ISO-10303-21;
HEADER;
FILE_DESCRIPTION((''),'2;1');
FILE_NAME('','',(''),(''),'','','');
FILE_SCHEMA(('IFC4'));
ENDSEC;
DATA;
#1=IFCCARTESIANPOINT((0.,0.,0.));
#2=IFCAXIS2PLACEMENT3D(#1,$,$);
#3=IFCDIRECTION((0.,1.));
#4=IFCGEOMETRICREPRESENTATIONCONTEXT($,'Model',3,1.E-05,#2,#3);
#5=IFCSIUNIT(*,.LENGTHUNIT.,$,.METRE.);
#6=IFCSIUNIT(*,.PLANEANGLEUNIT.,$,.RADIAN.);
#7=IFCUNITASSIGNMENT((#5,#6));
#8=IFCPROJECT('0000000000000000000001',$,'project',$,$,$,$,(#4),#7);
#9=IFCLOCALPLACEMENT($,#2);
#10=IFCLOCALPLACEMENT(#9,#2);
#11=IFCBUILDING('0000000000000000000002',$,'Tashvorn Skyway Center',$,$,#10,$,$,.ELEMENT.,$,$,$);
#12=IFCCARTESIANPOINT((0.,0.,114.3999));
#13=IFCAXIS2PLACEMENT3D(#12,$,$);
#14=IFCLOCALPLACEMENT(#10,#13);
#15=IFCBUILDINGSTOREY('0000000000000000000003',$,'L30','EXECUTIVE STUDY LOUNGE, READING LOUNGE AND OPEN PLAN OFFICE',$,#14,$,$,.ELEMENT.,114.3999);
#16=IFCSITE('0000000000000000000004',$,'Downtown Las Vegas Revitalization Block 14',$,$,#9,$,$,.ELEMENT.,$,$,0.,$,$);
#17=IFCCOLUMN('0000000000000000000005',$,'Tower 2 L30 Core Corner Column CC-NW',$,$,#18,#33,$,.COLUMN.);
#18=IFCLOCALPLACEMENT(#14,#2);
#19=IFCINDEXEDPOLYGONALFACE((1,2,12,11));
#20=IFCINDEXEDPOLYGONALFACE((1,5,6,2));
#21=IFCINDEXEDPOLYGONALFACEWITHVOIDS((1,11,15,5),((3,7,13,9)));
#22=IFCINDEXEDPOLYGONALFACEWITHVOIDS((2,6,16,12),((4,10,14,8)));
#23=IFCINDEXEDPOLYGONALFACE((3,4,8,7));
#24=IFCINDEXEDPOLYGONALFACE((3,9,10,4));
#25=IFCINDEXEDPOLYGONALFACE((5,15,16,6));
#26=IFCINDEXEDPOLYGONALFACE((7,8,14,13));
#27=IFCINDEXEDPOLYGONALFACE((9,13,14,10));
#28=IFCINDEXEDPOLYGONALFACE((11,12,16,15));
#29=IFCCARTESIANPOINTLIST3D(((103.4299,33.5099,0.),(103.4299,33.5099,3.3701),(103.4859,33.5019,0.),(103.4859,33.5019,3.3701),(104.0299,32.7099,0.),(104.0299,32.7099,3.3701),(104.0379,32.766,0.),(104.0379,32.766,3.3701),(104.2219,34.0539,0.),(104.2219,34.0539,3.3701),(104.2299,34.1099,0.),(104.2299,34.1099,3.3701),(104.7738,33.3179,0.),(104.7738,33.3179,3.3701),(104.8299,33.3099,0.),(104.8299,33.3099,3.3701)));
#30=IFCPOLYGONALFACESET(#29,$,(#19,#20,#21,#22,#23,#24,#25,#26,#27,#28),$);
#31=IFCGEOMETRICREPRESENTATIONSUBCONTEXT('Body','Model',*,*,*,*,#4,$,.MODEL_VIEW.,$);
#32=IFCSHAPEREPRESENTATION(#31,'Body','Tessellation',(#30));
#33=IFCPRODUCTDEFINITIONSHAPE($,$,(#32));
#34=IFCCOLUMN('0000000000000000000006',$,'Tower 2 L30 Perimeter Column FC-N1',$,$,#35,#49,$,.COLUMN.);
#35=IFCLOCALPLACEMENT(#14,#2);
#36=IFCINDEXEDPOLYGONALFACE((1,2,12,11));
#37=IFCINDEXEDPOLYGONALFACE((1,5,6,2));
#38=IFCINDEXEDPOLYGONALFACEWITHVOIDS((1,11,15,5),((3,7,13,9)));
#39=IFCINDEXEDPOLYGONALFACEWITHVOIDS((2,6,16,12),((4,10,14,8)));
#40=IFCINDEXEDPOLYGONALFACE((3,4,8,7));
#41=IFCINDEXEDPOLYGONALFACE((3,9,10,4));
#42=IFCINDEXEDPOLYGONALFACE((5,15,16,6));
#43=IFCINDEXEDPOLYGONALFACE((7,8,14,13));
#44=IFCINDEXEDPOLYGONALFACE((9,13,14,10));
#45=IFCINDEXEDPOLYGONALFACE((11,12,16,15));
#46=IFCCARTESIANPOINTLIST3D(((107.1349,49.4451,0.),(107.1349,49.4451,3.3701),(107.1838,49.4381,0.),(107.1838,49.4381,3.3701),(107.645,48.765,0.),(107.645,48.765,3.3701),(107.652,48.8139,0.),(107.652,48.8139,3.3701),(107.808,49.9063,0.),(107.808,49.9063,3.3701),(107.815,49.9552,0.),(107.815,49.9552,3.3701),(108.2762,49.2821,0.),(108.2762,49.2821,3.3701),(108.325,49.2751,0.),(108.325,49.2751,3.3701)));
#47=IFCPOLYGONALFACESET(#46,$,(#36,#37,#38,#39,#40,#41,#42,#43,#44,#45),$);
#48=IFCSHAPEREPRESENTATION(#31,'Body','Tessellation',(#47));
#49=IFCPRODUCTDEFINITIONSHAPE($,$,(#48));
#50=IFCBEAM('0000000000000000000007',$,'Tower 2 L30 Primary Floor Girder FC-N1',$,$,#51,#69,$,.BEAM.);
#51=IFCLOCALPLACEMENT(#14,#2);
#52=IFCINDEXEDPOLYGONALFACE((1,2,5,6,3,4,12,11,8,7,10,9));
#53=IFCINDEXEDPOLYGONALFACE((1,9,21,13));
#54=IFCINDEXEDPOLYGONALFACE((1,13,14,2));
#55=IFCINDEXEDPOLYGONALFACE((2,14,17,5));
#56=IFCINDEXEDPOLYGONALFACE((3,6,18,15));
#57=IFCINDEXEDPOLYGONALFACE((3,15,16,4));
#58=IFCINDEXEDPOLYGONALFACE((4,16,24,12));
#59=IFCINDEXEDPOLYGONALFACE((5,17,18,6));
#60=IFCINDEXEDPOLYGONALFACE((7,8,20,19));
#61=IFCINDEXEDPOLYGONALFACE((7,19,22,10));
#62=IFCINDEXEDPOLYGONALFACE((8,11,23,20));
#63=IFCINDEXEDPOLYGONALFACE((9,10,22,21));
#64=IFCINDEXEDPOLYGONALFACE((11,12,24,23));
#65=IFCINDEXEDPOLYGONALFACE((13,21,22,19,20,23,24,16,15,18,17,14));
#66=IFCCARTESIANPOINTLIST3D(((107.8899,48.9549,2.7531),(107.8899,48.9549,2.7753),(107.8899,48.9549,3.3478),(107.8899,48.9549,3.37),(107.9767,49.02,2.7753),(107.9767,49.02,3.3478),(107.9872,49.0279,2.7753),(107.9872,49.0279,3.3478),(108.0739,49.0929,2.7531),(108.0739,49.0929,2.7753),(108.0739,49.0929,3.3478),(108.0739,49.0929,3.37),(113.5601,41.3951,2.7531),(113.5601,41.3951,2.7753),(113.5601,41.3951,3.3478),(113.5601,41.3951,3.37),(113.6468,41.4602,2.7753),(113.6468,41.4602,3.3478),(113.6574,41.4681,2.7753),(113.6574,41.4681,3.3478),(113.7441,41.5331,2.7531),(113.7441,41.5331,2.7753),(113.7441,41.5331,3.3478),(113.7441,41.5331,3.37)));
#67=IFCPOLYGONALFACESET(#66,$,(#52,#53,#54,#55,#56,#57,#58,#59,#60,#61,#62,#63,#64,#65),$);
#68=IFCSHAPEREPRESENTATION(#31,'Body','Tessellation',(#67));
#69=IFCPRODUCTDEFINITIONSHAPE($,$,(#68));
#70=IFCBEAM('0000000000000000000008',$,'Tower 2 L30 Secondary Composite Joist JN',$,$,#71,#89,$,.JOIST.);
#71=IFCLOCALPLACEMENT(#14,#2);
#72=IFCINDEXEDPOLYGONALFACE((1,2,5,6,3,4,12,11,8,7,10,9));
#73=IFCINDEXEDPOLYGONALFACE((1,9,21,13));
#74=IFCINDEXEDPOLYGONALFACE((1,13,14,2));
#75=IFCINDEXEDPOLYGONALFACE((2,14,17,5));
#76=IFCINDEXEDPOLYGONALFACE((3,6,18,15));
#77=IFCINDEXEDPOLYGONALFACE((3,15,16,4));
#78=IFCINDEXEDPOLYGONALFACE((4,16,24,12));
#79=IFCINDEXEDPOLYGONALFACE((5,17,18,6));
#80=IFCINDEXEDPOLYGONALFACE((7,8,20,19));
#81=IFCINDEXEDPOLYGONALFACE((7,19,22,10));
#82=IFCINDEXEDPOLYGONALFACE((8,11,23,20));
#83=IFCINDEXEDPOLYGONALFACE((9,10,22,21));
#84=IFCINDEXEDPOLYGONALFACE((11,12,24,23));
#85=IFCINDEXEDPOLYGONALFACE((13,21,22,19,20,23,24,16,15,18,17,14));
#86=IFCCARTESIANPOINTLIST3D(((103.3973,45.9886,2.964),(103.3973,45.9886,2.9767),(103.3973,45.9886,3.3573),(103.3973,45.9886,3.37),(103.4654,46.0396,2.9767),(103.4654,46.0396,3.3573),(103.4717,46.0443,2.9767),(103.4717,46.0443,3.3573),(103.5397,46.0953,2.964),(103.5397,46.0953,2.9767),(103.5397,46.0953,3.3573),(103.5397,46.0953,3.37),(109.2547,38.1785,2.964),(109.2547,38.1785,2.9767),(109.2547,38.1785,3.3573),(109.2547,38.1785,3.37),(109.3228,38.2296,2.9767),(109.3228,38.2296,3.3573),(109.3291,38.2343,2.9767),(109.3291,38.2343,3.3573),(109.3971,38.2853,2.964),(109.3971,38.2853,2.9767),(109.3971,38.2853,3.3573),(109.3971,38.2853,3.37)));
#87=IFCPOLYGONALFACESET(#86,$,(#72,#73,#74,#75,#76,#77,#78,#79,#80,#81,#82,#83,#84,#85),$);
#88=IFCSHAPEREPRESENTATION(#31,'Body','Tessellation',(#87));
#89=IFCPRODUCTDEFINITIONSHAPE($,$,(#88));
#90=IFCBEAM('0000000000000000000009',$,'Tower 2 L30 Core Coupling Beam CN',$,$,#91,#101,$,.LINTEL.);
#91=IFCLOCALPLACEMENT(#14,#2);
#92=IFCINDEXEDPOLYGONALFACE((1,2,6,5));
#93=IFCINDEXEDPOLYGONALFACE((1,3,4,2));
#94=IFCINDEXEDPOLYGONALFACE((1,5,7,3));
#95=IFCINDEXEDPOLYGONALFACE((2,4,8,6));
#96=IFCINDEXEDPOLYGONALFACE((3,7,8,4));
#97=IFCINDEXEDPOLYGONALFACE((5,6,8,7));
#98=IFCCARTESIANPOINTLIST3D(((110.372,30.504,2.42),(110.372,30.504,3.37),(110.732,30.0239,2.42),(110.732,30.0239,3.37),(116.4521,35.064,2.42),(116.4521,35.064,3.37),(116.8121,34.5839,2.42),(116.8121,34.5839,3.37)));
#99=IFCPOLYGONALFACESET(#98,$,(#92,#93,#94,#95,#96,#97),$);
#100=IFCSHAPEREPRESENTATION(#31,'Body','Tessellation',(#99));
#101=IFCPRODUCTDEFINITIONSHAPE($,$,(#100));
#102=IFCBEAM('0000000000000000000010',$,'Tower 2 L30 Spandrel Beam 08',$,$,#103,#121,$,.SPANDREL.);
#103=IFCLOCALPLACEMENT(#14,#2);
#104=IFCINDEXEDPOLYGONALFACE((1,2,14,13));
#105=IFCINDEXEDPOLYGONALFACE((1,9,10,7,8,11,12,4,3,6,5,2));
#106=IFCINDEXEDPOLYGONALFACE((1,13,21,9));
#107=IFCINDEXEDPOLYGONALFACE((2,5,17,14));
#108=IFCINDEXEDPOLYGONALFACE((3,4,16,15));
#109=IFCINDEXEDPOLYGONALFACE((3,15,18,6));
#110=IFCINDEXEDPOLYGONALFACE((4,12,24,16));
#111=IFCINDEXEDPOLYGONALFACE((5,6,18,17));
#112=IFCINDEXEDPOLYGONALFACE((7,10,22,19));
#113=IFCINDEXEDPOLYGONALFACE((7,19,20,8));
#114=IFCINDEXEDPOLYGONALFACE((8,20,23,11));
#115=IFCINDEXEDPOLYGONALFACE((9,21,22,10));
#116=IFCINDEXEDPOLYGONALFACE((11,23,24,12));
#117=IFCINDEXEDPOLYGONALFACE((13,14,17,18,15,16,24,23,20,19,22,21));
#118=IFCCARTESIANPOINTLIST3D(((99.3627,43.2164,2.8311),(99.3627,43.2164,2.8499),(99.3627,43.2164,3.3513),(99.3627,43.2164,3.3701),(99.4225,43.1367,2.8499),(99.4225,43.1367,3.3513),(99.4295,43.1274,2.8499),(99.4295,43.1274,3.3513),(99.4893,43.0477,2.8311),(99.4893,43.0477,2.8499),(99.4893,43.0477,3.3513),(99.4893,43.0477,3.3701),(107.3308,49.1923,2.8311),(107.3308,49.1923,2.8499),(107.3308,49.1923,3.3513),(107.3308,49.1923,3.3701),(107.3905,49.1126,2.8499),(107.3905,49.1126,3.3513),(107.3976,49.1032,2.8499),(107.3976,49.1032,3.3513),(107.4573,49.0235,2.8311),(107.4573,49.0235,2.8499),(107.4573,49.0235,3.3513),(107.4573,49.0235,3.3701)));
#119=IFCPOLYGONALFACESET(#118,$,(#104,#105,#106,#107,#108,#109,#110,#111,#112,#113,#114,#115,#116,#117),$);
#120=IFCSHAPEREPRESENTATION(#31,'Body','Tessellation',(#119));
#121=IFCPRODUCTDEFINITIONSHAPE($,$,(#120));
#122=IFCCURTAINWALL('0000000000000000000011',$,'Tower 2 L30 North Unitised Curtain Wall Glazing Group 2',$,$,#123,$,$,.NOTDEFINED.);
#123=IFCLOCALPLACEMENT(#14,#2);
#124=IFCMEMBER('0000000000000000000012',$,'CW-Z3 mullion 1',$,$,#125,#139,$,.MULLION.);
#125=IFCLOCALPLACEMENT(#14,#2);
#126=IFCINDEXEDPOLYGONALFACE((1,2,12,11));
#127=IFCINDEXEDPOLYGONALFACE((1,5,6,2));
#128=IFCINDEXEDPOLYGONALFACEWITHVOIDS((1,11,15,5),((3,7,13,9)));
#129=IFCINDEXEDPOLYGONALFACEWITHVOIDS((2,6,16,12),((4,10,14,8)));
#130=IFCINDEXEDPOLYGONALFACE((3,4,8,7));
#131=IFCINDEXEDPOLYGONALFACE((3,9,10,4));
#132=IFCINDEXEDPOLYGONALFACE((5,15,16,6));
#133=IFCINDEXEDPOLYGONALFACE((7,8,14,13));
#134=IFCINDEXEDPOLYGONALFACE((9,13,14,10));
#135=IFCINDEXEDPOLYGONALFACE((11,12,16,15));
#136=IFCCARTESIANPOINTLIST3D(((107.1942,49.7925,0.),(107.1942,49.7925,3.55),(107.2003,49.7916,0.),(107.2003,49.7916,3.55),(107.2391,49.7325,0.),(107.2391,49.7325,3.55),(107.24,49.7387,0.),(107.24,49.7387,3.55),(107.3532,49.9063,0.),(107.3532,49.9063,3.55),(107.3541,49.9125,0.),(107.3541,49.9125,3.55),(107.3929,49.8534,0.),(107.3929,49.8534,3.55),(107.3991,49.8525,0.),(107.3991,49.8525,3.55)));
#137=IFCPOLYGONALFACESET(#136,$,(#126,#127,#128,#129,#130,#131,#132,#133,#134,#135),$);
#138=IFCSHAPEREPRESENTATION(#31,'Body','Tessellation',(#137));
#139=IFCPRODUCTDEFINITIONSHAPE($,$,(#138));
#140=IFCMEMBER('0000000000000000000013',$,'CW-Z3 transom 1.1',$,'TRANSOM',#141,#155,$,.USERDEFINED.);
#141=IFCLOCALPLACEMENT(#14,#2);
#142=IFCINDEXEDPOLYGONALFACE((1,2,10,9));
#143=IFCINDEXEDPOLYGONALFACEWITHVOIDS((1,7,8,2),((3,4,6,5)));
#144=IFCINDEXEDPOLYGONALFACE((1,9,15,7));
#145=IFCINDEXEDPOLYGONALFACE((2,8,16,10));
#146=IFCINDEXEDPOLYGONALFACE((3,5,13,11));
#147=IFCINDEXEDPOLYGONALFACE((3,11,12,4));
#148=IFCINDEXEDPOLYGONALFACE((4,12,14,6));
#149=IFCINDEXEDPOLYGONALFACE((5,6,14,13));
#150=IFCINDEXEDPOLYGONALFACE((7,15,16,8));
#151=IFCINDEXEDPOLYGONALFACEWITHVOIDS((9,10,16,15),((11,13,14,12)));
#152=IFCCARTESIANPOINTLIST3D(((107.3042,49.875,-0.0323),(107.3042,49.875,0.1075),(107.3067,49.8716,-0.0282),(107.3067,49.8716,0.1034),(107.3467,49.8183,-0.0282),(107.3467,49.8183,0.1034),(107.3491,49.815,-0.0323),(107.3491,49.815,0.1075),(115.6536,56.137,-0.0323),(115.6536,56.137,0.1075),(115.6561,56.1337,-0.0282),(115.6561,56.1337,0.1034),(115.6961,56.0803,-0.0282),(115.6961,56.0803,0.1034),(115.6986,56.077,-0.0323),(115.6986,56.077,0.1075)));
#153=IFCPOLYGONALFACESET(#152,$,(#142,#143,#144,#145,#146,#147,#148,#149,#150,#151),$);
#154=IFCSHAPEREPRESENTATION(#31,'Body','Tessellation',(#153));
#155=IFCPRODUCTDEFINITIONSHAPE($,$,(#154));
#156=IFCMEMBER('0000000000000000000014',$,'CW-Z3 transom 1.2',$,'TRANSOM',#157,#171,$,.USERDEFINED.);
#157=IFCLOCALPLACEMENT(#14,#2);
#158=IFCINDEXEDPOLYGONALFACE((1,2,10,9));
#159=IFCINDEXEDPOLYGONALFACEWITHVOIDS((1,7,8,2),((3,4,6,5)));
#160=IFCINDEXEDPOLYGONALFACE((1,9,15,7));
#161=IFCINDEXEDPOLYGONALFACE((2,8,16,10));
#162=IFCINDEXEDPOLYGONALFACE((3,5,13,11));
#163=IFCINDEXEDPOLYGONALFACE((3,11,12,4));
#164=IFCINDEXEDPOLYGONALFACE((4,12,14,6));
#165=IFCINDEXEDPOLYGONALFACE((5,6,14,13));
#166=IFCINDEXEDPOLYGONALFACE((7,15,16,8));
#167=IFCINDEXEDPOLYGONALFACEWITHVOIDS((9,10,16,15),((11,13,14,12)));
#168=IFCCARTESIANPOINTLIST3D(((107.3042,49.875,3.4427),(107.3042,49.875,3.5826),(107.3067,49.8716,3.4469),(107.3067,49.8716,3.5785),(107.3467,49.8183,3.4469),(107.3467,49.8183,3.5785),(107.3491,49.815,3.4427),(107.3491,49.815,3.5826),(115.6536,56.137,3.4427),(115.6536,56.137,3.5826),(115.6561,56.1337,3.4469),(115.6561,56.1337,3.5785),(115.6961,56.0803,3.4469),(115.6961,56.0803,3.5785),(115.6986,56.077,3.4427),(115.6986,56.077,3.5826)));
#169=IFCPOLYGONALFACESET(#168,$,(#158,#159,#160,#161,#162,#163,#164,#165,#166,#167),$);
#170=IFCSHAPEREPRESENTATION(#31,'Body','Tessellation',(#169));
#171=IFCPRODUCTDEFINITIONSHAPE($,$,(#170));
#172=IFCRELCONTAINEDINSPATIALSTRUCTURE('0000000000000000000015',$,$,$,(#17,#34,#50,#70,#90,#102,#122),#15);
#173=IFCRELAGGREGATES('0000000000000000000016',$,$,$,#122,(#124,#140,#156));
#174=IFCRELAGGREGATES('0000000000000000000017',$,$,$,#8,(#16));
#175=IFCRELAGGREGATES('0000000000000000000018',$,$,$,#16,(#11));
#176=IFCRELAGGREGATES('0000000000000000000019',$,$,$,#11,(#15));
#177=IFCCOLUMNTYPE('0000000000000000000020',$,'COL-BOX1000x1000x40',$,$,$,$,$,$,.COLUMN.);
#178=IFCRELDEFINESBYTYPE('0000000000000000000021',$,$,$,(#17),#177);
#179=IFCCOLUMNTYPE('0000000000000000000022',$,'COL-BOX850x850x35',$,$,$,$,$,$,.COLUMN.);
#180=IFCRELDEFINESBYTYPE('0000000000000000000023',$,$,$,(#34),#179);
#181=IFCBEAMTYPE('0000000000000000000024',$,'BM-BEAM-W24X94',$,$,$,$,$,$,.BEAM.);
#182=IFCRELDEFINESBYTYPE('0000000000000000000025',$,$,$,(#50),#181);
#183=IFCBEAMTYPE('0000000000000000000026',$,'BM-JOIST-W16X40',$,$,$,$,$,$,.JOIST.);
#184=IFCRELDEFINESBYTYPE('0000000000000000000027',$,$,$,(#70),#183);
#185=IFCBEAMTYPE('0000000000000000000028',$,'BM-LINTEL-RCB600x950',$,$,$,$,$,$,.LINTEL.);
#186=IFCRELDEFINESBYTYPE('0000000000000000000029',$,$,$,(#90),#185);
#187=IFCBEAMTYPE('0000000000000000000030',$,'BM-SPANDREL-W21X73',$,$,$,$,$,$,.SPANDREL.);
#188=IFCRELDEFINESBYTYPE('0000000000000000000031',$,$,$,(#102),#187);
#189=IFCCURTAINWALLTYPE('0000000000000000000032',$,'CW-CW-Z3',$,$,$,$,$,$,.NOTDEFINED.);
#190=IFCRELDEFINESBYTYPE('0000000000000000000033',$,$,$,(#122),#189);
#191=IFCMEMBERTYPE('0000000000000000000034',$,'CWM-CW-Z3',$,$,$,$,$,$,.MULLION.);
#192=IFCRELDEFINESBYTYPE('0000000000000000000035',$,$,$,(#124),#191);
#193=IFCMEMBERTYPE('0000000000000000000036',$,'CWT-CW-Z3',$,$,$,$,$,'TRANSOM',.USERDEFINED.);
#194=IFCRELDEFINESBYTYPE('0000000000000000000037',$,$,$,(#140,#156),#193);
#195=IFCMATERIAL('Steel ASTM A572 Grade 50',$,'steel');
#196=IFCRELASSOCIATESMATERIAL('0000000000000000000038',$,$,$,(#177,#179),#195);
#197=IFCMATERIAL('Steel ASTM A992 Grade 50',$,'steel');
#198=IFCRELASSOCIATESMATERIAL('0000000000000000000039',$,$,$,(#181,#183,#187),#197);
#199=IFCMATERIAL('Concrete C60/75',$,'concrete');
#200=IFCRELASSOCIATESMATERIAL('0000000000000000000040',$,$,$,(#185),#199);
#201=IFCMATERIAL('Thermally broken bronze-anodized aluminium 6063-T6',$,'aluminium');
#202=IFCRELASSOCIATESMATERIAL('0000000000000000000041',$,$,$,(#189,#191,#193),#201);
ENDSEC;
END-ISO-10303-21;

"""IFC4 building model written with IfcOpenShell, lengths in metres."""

from ifc_helpers import new_model, si_unit, direction, frame, origin, origin_2d, place, context, subcontext, project, spatial, rectangle, hollow_rectangle, i_section, extrude, material, material_profile, profile_set, type_object, element, aggregate, save


model = new_model("IFC4")

# Units and contexts
model_context = context("Model", 3, precision=1e-05, world=origin(), true_north=direction((0.0, 1.0)))
body_context = subcontext(model_context, "Body", "Model", "MODEL_VIEW")
ifc_project = project(units=[si_unit("LENGTHUNIT", "METRE"), si_unit("PLANEANGLEUNIT", "RADIAN")], contexts=[model_context])

# Site, building, storey
site_placement = place(None, origin())
site = spatial("IfcSite", under=ifc_project, at=site_placement, Name="Downtown Las Vegas Revitalization Block 14", CompositionType="ELEMENT", RefElevation=0.0)
building_placement = place(site_placement, origin())
building = spatial("IfcBuilding", under=site, at=building_placement, Name="Tashvorn Skyway Center", CompositionType="ELEMENT")
storey_placement = place(building_placement, frame((0.0, 0.0, 114.3999)))
storey = spatial("IfcBuildingStorey", under=building, at=storey_placement, Name="L30", Description="EXECUTIVE STUDY LOUNGE, READING LOUNGE AND OPEN PLAN OFFICE", CompositionType="ELEMENT", Elevation=114.3999)

# Columns
ifc_material_1 = material(Name="Steel ASTM A572 Grade 50", Category="steel")
ifc_material_profile_1 = material_profile(ifc_material_1, hollow_rectangle(XDim=1.0, YDim=1.0, WallThickness=0.04, at=origin_2d()), Name="BOX1000x1000x40")
ifc_profile_set_1 = profile_set([ifc_material_profile_1], Name="Steel ASTM A572 Grade 50")
column_type_1 = type_object("IfcColumnType", Name="COL-BOX1000x1000x40", PredefinedType="COLUMN", material=ifc_profile_set_1)
column_1_placement = place(storey_placement, frame((104.1299, 33.4099, 0.0), z_axis=(0.0, 0.0, 1.0), x_axis=(0.8, 0.6, 0.0)))
element("IfcColumn", 1, at=column_1_placement, inside=storey, type_object=column_type_1, Name="Tower 2 L30 Core Corner Column CC-NW", PredefinedType="COLUMN", context=body_context, shape_type="SweptSolid", body=[
    extrude(hollow_rectangle(XDim=1.0, YDim=1.0, WallThickness=0.04, at=origin_2d()), origin(), (0.0, 0.0, 1.0), 3.3701),
])
ifc_material_profile_2 = material_profile(ifc_material_1, hollow_rectangle(XDim=0.8501, YDim=0.8501, WallThickness=0.0349, at=origin_2d()), Name="BOX850x850x35")
ifc_profile_set_2 = profile_set([ifc_material_profile_2], Name="Steel ASTM A572 Grade 50")
column_type_2 = type_object("IfcColumnType", Name="COL-BOX850x850x35", PredefinedType="COLUMN", material=ifc_profile_set_2)
column_2_placement = place(storey_placement, frame((107.73, 49.3601, 0.0), z_axis=(0.0, 0.0, 1.0), x_axis=(0.8, 0.6, 0.0)))
element("IfcColumn", 2, at=column_2_placement, inside=storey, type_object=column_type_2, Name="Tower 2 L30 Perimeter Column FC-N1", PredefinedType="COLUMN", context=body_context, shape_type="SweptSolid", body=[
    extrude(hollow_rectangle(XDim=0.8501, YDim=0.8501, WallThickness=0.0349, at=origin_2d()), origin(), (0.0, 0.0, 1.0), 3.3701),
])

# Beams
ifc_material_2 = material(Name="Steel ASTM A992 Grade 50", Category="steel")
ifc_material_profile_3 = material_profile(ifc_material_2, i_section(OverallWidth=0.23, OverallDepth=0.6169, WebThickness=0.0132, FlangeThickness=0.0222, at=origin_2d()), Name="W24X94")
ifc_profile_set_3 = profile_set([ifc_material_profile_3], Name="Steel ASTM A992 Grade 50")
beam_type_1 = type_object("IfcBeamType", Name="BM-BEAM-W24X94", PredefinedType="BEAM", material=ifc_profile_set_3)
beam_1_placement = place(storey_placement, frame((107.9819, 49.0239, 3.0615), z_axis=(0.600021, -0.799984, 0.0), x_axis=(0.799984, 0.600021, 0.0)))
element("IfcBeam", 3, at=beam_1_placement, inside=storey, type_object=beam_type_1, Name="Tower 2 L30 Primary Floor Girder FC-N1", PredefinedType="BEAM", context=body_context, shape_type="SweptSolid", body=[
    extrude(i_section(OverallWidth=0.23, OverallDepth=0.6169, WebThickness=0.0132, FlangeThickness=0.0222, at=origin_2d()), origin(), (0.0, 0.0, 1.0), 9.45),
])
ifc_material_profile_4 = material_profile(ifc_material_2, i_section(OverallWidth=0.178, OverallDepth=0.406, WebThickness=0.0078, FlangeThickness=0.0127, at=origin_2d()), Name="W16X40")
ifc_profile_set_4 = profile_set([ifc_material_profile_4], Name="Steel ASTM A992 Grade 50")
beam_type_2 = type_object("IfcBeamType", Name="BM-JOIST-W16X40", PredefinedType="JOIST", material=ifc_profile_set_4)
beam_2_placement = place(storey_placement, frame((109.3259, 38.2319, 3.167), z_axis=(-0.599992, 0.800006, 0.0), x_axis=(-0.800006, -0.599992, 0.0)))
element("IfcBeam", 4, at=beam_2_placement, inside=storey, type_object=beam_type_2, Name="Tower 2 L30 Secondary Composite Joist JN", PredefinedType="JOIST", context=body_context, shape_type="SweptSolid", body=[
    extrude(i_section(OverallWidth=0.178, OverallDepth=0.406, WebThickness=0.0078, FlangeThickness=0.0127, at=origin_2d()), origin(), (0.0, 0.0, 1.0), 9.7625),
])
ifc_material_3 = material(Name="Concrete C60/75", Category="concrete")
ifc_material_profile_5 = material_profile(ifc_material_3, rectangle(XDim=0.6001, YDim=0.95, at=origin_2d()), Name="RCB600x950")
ifc_profile_set_5 = profile_set([ifc_material_profile_5], Name="Concrete C60/75")
beam_type_3 = type_object("IfcBeamType", Name="BM-LINTEL-RCB600x950", PredefinedType="LINTEL", material=ifc_profile_set_5)
beam_3_placement = place(storey_placement, frame((110.552, 30.2639, 2.895), z_axis=(0.8, 0.6, 0.0), x_axis=(-0.6, 0.8, 0.0)))
element("IfcBeam", 5, at=beam_3_placement, inside=storey, type_object=beam_type_3, Name="Tower 2 L30 Core Coupling Beam CN", PredefinedType="LINTEL", context=body_context, shape_type="SweptSolid", body=[
    extrude(rectangle(XDim=0.6001, YDim=0.95, at=origin_2d()), origin(), (0.0, 0.0, 1.0), 7.6001),
])
ifc_material_profile_6 = material_profile(ifc_material_2, i_section(OverallWidth=0.2109, OverallDepth=0.5391, WebThickness=0.0117, FlangeThickness=0.0188, at=origin_2d()), Name="W21X73")
ifc_profile_set_6 = profile_set([ifc_material_profile_6], Name="Steel ASTM A992 Grade 50")
beam_type_4 = type_object("IfcBeamType", Name="BM-SPANDREL-W21X73", PredefinedType="SPANDREL", material=ifc_profile_set_6)
beam_4_placement = place(storey_placement, frame((107.394, 49.1079, 3.1006), z_axis=(-0.800009, -0.599988, 0.0), x_axis=(0.599988, -0.800009, 0.0)))
element("IfcBeam", 6, at=beam_4_placement, inside=storey, type_object=beam_type_4, Name="Tower 2 L30 Spandrel Beam 08", PredefinedType="SPANDREL", context=body_context, shape_type="SweptSolid", body=[
    extrude(i_section(OverallWidth=0.2109, OverallDepth=0.5391, WebThickness=0.0117, FlangeThickness=0.0188, at=origin_2d()), origin(), (0.0, 0.0, 1.0), 9.96),
])

# Curtain wall, members
ifc_material_4 = material(Name="Thermally broken bronze-anodized aluminium 6063-T6", Category="aluminium")
curtain_wall_type = type_object("IfcCurtainWallType", Name="CW-CW-Z3", PredefinedType="NOTDEFINED", material=ifc_material_4)
curtain_wall_placement = place(storey_placement, origin())
curtain_wall = element("IfcCurtainWall", 7, at=curtain_wall_placement, inside=storey, type_object=curtain_wall_type, Name="Tower 2 L30 North Unitised Curtain Wall Glazing Group 2", PredefinedType="NOTDEFINED")
ifc_material_profile_7 = material_profile(ifc_material_4, hollow_rectangle(XDim=0.075, YDim=0.2, WallThickness=0.0044, at=origin_2d()), Name="ALU-MULL-75x200")
ifc_profile_set_7 = profile_set([ifc_material_profile_7], Name="Thermally broken bronze-anodized aluminium 6063-T6")
member_type_1 = type_object("IfcMemberType", Name="CWM-CW-Z3", PredefinedType="MULLION", material=ifc_profile_set_7)
member_1_placement = place(storey_placement, frame((107.2966, 49.8225, 0.0), z_axis=(0.0, 0.0, 1.0), x_axis=(-0.600002, 0.799999, 0.0)))
member_1 = element("IfcMember", 8, at=member_1_placement, type_object=member_type_1, Name="CW-Z3 mullion 1", PredefinedType="MULLION", context=body_context, shape_type="SweptSolid", body=[
    extrude(hollow_rectangle(XDim=0.075, YDim=0.2, WallThickness=0.0044, at=origin_2d()), origin(), (0.0, 0.0, 1.0), 3.55),
])
ifc_material_profile_8 = material_profile(ifc_material_4, hollow_rectangle(XDim=0.075, YDim=0.1399, WallThickness=0.0042, at=origin_2d()), Name="ALU-TRAN-75x140")
ifc_profile_set_8 = profile_set([ifc_material_profile_8], Name="Thermally broken bronze-anodized aluminium 6063-T6")
member_type_2 = type_object("IfcMemberType", Name="CWT-CW-Z3", ElementType="TRANSOM", PredefinedType="USERDEFINED", material=ifc_profile_set_8)
member_2_placement = place(storey_placement, frame((107.3267, 49.845, 0.0376), z_axis=(0.800003, 0.599996, 0.0), x_axis=(-0.599996, 0.800003, 0.0)))
member_2 = element("IfcMember", 9, at=member_2_placement, type_object=member_type_2, Name="CW-Z3 transom 1.1", ObjectType="TRANSOM", PredefinedType="USERDEFINED", context=body_context, shape_type="SweptSolid", body=[
    extrude(hollow_rectangle(XDim=0.075, YDim=0.1399, WallThickness=0.0042, at=origin_2d()), origin(), (0.0, 0.0, 1.0), 10.4368),
])
member_3_placement = place(storey_placement, frame((107.3267, 49.845, 3.5127), z_axis=(0.800003, 0.599996, 0.0), x_axis=(-0.599996, 0.800003, 0.0)))
member_3 = element("IfcMember", 10, at=member_3_placement, type_object=member_type_2, Name="CW-Z3 transom 1.2", ObjectType="TRANSOM", PredefinedType="USERDEFINED", context=body_context, shape_type="SweptSolid", body=[
    extrude(hollow_rectangle(XDim=0.075, YDim=0.1399, WallThickness=0.0042, at=origin_2d()), origin(), (0.0, 0.0, 1.0), 10.4368),
])
aggregate(curtain_wall, [member_1, member_2, member_3])

save(model, "model.ifc")
